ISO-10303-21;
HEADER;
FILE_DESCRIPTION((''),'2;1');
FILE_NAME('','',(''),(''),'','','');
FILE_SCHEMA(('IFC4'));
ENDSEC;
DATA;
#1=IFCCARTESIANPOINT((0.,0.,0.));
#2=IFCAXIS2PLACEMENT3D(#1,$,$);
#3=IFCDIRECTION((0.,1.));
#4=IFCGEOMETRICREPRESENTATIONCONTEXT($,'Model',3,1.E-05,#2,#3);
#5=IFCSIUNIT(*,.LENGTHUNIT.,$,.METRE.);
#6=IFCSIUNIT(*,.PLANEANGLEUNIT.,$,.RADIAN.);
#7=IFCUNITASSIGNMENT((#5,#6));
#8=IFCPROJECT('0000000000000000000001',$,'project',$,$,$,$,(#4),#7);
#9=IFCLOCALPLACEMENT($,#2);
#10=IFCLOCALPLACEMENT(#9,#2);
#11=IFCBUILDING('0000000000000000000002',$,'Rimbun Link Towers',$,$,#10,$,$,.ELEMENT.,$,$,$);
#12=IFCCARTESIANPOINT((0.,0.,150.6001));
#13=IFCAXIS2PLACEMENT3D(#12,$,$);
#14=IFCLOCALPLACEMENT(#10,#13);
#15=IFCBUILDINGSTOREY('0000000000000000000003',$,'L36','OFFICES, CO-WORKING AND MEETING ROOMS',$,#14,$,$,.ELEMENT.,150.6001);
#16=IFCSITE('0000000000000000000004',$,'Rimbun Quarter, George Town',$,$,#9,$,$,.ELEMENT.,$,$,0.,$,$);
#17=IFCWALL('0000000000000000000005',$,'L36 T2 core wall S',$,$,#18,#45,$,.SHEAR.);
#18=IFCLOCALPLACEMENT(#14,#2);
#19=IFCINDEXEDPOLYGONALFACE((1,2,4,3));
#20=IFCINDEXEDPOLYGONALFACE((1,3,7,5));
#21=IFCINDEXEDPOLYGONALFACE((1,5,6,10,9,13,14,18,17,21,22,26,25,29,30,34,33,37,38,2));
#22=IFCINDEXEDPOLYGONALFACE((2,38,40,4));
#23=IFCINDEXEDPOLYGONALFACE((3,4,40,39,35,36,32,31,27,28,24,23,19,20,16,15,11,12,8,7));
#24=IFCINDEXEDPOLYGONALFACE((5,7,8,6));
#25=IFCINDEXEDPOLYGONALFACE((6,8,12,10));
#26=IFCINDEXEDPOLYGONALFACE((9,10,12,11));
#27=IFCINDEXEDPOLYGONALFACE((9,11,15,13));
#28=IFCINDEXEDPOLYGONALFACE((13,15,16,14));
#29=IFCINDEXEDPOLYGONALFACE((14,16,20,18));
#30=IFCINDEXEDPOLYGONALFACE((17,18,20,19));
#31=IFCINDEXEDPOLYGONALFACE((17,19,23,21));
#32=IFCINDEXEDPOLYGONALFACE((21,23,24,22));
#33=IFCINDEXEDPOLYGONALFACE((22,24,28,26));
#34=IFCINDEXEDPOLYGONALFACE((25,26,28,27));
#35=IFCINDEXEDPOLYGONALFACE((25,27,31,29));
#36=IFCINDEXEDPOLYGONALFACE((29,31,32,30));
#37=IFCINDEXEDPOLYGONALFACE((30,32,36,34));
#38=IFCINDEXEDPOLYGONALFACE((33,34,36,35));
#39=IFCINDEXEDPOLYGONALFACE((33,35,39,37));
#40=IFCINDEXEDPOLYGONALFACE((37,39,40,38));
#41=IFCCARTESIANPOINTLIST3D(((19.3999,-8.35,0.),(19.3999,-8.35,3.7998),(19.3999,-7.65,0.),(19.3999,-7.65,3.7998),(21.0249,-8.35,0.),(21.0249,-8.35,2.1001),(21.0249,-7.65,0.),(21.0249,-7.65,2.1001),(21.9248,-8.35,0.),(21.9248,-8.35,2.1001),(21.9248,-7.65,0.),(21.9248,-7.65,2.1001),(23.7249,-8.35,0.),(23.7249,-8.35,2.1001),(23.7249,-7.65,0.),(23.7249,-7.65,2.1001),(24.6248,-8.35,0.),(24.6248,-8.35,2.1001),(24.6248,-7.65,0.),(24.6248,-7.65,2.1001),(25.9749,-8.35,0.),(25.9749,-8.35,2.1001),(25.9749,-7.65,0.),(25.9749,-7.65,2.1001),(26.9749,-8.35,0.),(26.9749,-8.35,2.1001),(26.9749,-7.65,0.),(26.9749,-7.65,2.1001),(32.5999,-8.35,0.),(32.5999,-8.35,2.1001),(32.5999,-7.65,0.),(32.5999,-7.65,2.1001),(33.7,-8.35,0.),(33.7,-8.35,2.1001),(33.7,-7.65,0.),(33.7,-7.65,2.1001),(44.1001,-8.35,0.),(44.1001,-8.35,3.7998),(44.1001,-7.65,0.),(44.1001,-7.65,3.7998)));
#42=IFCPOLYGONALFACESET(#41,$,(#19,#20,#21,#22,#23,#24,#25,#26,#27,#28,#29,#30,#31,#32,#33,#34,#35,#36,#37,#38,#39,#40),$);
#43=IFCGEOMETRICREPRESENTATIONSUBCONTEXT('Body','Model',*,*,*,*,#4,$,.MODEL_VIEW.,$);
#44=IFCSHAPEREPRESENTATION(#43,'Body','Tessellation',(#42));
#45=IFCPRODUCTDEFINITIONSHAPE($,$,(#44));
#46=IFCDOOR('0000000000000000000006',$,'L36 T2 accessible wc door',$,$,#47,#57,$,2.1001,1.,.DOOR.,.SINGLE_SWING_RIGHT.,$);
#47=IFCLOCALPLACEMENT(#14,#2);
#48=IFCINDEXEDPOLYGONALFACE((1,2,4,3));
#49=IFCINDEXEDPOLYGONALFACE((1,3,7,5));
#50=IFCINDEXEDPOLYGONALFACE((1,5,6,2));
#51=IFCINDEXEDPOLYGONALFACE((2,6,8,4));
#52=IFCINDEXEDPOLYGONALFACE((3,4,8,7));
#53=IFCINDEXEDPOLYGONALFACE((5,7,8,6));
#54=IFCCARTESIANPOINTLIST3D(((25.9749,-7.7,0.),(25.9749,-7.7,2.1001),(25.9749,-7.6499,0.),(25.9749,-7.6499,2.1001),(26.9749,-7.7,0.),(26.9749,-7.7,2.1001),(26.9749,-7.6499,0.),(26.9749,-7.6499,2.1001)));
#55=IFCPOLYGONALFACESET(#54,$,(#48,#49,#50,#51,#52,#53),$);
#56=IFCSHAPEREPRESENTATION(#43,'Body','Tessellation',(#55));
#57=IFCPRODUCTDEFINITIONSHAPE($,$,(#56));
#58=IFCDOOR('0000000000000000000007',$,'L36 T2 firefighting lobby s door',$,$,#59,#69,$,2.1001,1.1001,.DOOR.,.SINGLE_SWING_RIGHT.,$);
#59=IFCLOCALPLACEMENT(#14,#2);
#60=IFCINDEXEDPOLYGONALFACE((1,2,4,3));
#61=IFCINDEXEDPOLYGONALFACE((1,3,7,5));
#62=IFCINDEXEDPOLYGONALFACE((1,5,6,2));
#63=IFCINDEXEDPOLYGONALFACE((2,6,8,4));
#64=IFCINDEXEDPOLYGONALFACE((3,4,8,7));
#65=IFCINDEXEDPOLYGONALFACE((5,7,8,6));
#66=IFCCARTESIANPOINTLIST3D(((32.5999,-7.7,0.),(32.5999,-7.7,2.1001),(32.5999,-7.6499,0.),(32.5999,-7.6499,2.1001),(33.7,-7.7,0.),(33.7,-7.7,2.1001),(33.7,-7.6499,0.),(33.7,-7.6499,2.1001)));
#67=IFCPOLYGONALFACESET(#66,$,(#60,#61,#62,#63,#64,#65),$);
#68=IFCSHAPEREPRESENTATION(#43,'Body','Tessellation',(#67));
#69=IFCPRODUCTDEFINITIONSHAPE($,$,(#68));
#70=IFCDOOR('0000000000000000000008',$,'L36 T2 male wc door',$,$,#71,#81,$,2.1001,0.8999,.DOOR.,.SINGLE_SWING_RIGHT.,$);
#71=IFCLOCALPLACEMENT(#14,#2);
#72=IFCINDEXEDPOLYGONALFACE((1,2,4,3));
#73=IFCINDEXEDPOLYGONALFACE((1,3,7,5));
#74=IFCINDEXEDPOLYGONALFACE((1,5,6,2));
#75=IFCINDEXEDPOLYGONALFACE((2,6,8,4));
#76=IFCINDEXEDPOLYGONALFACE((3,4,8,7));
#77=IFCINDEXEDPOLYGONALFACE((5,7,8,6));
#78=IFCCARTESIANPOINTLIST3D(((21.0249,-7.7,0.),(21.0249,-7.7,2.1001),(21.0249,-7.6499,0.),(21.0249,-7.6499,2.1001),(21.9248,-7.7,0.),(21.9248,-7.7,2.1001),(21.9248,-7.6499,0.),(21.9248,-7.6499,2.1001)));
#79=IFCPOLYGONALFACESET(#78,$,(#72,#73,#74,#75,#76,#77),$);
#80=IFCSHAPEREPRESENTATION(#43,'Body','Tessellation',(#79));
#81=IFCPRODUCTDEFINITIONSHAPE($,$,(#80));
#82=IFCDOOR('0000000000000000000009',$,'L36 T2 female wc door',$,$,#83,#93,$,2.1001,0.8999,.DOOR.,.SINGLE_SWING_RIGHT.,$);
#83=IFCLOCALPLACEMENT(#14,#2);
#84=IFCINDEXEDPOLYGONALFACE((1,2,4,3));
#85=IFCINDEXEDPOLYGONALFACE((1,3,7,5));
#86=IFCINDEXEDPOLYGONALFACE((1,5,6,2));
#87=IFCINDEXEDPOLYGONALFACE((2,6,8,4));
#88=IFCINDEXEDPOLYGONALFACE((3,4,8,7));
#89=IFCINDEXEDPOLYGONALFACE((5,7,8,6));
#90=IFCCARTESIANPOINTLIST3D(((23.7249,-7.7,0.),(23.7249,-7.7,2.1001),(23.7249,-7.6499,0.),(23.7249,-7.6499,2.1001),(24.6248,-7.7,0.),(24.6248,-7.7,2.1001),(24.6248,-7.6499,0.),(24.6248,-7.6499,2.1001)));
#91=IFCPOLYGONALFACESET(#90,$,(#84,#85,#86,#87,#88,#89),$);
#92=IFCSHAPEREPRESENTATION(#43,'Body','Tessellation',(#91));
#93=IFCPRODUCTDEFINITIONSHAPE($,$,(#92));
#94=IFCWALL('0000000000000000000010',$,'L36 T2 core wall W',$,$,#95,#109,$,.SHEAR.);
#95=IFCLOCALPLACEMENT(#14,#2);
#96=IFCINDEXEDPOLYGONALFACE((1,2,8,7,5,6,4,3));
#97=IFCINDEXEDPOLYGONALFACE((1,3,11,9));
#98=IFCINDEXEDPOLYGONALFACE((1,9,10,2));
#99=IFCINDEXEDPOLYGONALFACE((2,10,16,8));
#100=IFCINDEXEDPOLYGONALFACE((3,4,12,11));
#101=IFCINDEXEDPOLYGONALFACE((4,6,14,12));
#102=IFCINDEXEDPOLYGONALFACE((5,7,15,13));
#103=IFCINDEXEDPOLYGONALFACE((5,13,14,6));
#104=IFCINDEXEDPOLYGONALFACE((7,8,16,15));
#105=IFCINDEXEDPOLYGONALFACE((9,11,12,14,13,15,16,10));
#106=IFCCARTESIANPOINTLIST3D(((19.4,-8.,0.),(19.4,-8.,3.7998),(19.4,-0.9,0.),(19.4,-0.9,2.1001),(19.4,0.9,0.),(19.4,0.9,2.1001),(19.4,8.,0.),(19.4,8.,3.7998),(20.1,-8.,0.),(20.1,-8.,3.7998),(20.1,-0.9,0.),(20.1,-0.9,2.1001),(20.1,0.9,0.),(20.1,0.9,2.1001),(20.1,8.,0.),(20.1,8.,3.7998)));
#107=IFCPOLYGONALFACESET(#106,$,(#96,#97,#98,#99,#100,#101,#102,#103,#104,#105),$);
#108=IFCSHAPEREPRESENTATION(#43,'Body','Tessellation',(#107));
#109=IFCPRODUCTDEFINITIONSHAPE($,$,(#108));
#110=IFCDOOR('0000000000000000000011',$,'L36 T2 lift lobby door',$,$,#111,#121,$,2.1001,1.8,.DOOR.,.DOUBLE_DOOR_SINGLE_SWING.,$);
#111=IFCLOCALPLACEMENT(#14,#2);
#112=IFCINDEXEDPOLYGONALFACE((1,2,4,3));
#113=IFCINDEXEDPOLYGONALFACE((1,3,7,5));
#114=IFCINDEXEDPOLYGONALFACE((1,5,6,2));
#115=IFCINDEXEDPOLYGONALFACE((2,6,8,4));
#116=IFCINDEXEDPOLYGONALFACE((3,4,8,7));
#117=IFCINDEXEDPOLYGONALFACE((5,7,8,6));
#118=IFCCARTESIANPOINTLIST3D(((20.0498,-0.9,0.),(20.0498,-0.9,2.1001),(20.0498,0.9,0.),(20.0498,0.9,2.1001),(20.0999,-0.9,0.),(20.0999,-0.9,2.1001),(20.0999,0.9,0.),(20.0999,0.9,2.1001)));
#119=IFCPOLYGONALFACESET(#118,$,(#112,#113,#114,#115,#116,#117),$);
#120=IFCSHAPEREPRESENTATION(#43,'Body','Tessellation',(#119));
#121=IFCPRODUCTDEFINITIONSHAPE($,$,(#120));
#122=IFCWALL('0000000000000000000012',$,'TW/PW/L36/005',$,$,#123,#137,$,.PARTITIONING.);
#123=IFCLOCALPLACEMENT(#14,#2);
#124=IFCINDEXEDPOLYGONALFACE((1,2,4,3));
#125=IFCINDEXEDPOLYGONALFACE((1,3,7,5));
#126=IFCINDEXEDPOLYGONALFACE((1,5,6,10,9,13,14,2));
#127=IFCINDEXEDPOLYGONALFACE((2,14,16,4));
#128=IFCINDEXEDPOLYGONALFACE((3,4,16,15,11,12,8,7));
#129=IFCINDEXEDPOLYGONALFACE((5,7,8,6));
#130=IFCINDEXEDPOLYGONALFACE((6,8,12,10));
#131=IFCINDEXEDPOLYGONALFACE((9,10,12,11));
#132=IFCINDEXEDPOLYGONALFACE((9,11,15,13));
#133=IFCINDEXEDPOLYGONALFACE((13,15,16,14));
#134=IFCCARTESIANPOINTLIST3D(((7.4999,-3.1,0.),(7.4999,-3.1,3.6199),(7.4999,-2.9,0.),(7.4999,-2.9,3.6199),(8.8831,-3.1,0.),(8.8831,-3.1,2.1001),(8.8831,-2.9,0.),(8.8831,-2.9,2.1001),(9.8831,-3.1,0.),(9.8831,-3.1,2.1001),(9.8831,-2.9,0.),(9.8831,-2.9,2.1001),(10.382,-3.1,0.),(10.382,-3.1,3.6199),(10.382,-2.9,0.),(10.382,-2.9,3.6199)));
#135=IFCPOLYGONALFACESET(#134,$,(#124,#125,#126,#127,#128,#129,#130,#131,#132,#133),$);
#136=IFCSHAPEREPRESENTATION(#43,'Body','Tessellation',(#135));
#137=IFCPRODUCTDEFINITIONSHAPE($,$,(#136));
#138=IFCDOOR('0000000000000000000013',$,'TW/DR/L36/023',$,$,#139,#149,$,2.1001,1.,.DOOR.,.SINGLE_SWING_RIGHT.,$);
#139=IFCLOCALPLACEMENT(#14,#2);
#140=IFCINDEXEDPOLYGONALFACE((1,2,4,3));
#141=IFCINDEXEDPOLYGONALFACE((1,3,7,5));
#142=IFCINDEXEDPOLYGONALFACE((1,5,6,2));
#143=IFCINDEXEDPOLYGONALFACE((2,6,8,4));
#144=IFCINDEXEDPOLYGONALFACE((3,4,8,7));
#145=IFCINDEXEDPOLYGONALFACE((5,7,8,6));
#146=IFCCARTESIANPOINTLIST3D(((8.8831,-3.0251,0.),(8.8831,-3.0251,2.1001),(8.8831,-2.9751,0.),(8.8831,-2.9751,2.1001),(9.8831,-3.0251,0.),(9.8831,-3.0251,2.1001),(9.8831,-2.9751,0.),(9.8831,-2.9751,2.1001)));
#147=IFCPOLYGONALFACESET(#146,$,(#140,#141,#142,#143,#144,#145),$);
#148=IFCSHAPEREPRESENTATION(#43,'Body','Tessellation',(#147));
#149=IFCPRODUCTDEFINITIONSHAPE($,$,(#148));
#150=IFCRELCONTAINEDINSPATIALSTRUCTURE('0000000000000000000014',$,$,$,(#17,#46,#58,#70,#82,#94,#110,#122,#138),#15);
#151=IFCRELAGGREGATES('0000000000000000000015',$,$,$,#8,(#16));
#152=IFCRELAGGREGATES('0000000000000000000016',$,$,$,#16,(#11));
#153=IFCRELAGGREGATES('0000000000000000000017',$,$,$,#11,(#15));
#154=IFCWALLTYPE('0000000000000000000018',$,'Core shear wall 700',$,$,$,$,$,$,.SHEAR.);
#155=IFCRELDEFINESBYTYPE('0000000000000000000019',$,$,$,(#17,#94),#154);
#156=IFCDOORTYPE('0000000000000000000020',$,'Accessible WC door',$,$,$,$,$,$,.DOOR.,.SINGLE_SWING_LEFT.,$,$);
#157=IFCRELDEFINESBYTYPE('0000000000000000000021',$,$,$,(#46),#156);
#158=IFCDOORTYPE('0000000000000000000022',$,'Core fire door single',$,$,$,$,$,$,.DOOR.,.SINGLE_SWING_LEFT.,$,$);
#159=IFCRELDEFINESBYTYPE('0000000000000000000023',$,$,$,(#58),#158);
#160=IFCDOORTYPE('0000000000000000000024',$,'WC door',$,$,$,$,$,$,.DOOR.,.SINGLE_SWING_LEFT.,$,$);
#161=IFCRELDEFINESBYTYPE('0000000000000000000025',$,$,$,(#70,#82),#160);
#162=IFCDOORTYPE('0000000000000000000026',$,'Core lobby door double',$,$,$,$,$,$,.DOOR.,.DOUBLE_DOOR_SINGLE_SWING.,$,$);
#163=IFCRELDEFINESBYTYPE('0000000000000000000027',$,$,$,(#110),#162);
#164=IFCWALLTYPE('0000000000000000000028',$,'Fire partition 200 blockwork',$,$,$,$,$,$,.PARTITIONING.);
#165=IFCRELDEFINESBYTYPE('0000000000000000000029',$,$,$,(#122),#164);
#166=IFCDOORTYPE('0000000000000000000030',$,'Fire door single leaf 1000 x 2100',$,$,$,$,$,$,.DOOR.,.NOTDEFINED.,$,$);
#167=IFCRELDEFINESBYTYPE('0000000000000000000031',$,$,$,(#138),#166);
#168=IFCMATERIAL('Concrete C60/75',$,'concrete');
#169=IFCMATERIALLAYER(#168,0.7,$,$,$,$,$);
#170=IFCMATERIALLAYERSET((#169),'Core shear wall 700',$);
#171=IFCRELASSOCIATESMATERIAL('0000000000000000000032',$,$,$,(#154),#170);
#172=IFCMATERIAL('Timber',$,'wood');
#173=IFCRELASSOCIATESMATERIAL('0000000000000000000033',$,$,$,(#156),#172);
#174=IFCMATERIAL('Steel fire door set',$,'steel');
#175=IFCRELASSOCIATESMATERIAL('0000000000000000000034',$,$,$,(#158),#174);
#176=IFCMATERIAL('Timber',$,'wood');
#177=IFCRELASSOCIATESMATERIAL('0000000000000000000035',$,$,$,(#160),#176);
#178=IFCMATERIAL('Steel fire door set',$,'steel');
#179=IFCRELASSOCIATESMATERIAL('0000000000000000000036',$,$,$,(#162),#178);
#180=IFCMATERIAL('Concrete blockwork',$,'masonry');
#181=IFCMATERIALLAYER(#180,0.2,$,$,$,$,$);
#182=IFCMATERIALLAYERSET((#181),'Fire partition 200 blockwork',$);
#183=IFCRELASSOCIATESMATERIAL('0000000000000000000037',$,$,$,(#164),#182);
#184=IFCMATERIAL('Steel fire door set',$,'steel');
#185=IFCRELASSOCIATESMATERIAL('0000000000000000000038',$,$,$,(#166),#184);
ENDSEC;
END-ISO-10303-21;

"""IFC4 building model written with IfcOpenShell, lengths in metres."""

from ifc_helpers import new_model, si_unit, direction, frame, frame_2d, origin, place, context, subcontext, project, spatial, rectangle, extrude, material, layer, layer_set, type_object, element, fill, save


model = new_model("IFC4")

# Units and contexts
model_context = context("Model", 3, precision=1e-05, world=origin(), true_north=direction((0.0, 1.0)))
body_context = subcontext(model_context, "Body", "Model", "MODEL_VIEW")
ifc_project = project(units=[si_unit("LENGTHUNIT", "METRE"), si_unit("PLANEANGLEUNIT", "RADIAN")], contexts=[model_context])

# Site, building, storey
site_placement = place(None, origin())
site = spatial("IfcSite", under=ifc_project, at=site_placement, Name="Rimbun Quarter, George Town", CompositionType="ELEMENT", RefElevation=0.0)
building_placement = place(site_placement, origin())
building = spatial("IfcBuilding", under=site, at=building_placement, Name="Rimbun Link Towers", CompositionType="ELEMENT")
storey_placement = place(building_placement, frame((0.0, 0.0, 150.6001)))
storey = spatial("IfcBuildingStorey", under=building, at=storey_placement, Name="L36", Description="OFFICES, CO-WORKING AND MEETING ROOMS", CompositionType="ELEMENT", Elevation=150.6001)

# Wall, openings, doors
ifc_material_1 = material(Name="Concrete C60/75", Category="concrete")
ifc_layer_1 = layer(ifc_material_1, 0.7)
ifc_layer_set_1 = layer_set([ifc_layer_1], Name="Core shear wall 700")
wall_type_1 = type_object("IfcWallType", Name="Core shear wall 700", PredefinedType="SHEAR", material=ifc_layer_set_1)
wall_1_placement = place(storey_placement, frame((19.3999, -8.0, 0.0), z_axis=(0.0, 0.0, 1.0), x_axis=(1.0, 0.0, 0.0)))
wall_1 = element("IfcWall", 1, at=wall_1_placement, inside=storey, type_object=wall_type_1, Name="L36 T2 core wall S", PredefinedType="SHEAR", context=body_context, shape_type="SweptSolid", body=[
    extrude(rectangle(XDim=24.7002, YDim=0.7, at=frame_2d((12.3501, 0.0))), origin(), (0.0, 0.0, 1.0), 3.7998),
])
opening_1_placement = place(wall_1_placement, frame((13.2, 0.0, 0.0)))
opening_1 = element("IfcOpeningElement", 2, at=opening_1_placement, cuts=wall_1, PredefinedType="OPENING", context=body_context, shape_type="SweptSolid", body=[
    extrude(rectangle(XDim=1.1001, YDim=2.1001, at=frame_2d((0.55, 1.05))), frame((0.0, 0.3599, 0.0), z_axis=(0.0, -1.0, 0.0), x_axis=(1.0, 0.0, 0.0)), (0.0, 0.0, 1.0), 0.72),
])
opening_2_placement = place(wall_1_placement, frame((1.625, 0.0, 0.0)))
opening_2 = element("IfcOpeningElement", 3, at=opening_2_placement, cuts=wall_1, PredefinedType="OPENING", context=body_context, shape_type="SweptSolid", body=[
    extrude(rectangle(XDim=0.8999, YDim=2.1001, at=frame_2d((0.45, 1.05))), frame((0.0, 0.3599, 0.0), z_axis=(0.0, -1.0, 0.0), x_axis=(1.0, 0.0, 0.0)), (0.0, 0.0, 1.0), 0.72),
])
opening_3_placement = place(wall_1_placement, frame((4.325, 0.0, 0.0)))
opening_3 = element("IfcOpeningElement", 4, at=opening_3_placement, cuts=wall_1, PredefinedType="OPENING", context=body_context, shape_type="SweptSolid", body=[
    extrude(rectangle(XDim=0.8999, YDim=2.1001, at=frame_2d((0.45, 1.05))), frame((0.0, 0.3599, 0.0), z_axis=(0.0, -1.0, 0.0), x_axis=(1.0, 0.0, 0.0)), (0.0, 0.0, 1.0), 0.72),
])
opening_4_placement = place(wall_1_placement, frame((6.575, 0.0, 0.0)))
opening_4 = element("IfcOpeningElement", 5, at=opening_4_placement, cuts=wall_1, PredefinedType="OPENING", context=body_context, shape_type="SweptSolid", body=[
    extrude(rectangle(XDim=1.0, YDim=2.1001, at=frame_2d((0.5, 1.05))), frame((0.0, 0.3599, 0.0), z_axis=(0.0, -1.0, 0.0), x_axis=(1.0, 0.0, 0.0)), (0.0, 0.0, 1.0), 0.72),
])
ifc_material_2 = material(Name="Timber", Category="wood")
door_type_1 = type_object("IfcDoorType", Name="Accessible WC door", OperationType="SINGLE_SWING_LEFT", PredefinedType="DOOR", material=ifc_material_2)
door_1_placement = place(opening_4_placement, origin())
door_1 = element("IfcDoor", 6, at=door_1_placement, inside=storey, type_object=door_type_1, Name="L36 T2 accessible wc door", OperationType="SINGLE_SWING_RIGHT", OverallHeight=2.1001, OverallWidth=1.0, PredefinedType="DOOR", context=body_context, shape_type="SweptSolid", body=[
    extrude(rectangle(XDim=1.0, YDim=2.1001, at=frame_2d((0.5, 1.05))), frame((0.0, 0.3501, 0.0), z_axis=(0.0, -1.0, 0.0), x_axis=(1.0, 0.0, 0.0)), (0.0, 0.0, 1.0), 0.05),
])
fill(opening_4, door_1)
ifc_material_3 = material(Name="Steel fire door set", Category="steel")
door_type_2 = type_object("IfcDoorType", Name="Core fire door single", OperationType="SINGLE_SWING_LEFT", PredefinedType="DOOR", material=ifc_material_3)
door_2_placement = place(opening_1_placement, origin())
door_2 = element("IfcDoor", 7, at=door_2_placement, inside=storey, type_object=door_type_2, Name="L36 T2 firefighting lobby s door", OperationType="SINGLE_SWING_RIGHT", OverallHeight=2.1001, OverallWidth=1.1001, PredefinedType="DOOR", context=body_context, shape_type="SweptSolid", body=[
    extrude(rectangle(XDim=1.1001, YDim=2.1001, at=frame_2d((0.55, 1.05))), frame((0.0, 0.3501, 0.0), z_axis=(0.0, -1.0, 0.0), x_axis=(1.0, 0.0, 0.0)), (0.0, 0.0, 1.0), 0.05),
])
fill(opening_1, door_2)
ifc_material_4 = material(Name="Timber", Category="wood")
door_type_3 = type_object("IfcDoorType", Name="WC door", OperationType="SINGLE_SWING_LEFT", PredefinedType="DOOR", material=ifc_material_4)
door_3_placement = place(opening_2_placement, origin())
door_3 = element("IfcDoor", 8, at=door_3_placement, inside=storey, type_object=door_type_3, Name="L36 T2 male wc door", OperationType="SINGLE_SWING_RIGHT", OverallHeight=2.1001, OverallWidth=0.8999, PredefinedType="DOOR", context=body_context, shape_type="SweptSolid", body=[
    extrude(rectangle(XDim=0.8999, YDim=2.1001, at=frame_2d((0.45, 1.05))), frame((0.0, 0.3501, 0.0), z_axis=(0.0, -1.0, 0.0), x_axis=(1.0, 0.0, 0.0)), (0.0, 0.0, 1.0), 0.05),
])
fill(opening_2, door_3)
door_4_placement = place(opening_3_placement, origin())
door_4 = element("IfcDoor", 9, at=door_4_placement, inside=storey, type_object=door_type_3, Name="L36 T2 female wc door", OperationType="SINGLE_SWING_RIGHT", OverallHeight=2.1001, OverallWidth=0.8999, PredefinedType="DOOR", context=body_context, shape_type="SweptSolid", body=[
    extrude(rectangle(XDim=0.8999, YDim=2.1001, at=frame_2d((0.45, 1.05))), frame((0.0, 0.3501, 0.0), z_axis=(0.0, -1.0, 0.0), x_axis=(1.0, 0.0, 0.0)), (0.0, 0.0, 1.0), 0.05),
])
fill(opening_3, door_4)

# Walls, openings, doors
wall_2_placement = place(storey_placement, frame((19.75, -8.0, 0.0), z_axis=(0.0, 0.0, 1.0), x_axis=(0.0, 1.0, 0.0)))
wall_2 = element("IfcWall", 10, at=wall_2_placement, inside=storey, type_object=wall_type_1, Name="L36 T2 core wall W", PredefinedType="SHEAR", context=body_context, shape_type="SweptSolid", body=[
    extrude(rectangle(XDim=16.0, YDim=0.7, at=frame_2d((8.0, 0.0))), origin(), (0.0, 0.0, 1.0), 3.7998),
])
opening_5_placement = place(wall_2_placement, frame((7.1001, 0.0, 0.0)))
opening_5 = element("IfcOpeningElement", 11, at=opening_5_placement, cuts=wall_2, PredefinedType="OPENING", context=body_context, shape_type="SweptSolid", body=[
    extrude(rectangle(XDim=1.8, YDim=2.1001, at=frame_2d((0.8999, 1.05))), frame((0.0, 0.3599, 0.0), z_axis=(0.0, -1.0, 0.0), x_axis=(1.0, 0.0, 0.0)), (0.0, 0.0, 1.0), 0.72),
])
ifc_material_5 = material(Name="Steel fire door set", Category="steel")
door_type_4 = type_object("IfcDoorType", Name="Core lobby door double", OperationType="DOUBLE_DOOR_SINGLE_SWING", PredefinedType="DOOR", material=ifc_material_5)
door_5_placement = place(opening_5_placement, origin())
door_5 = element("IfcDoor", 12, at=door_5_placement, inside=storey, type_object=door_type_4, Name="L36 T2 lift lobby door", OperationType="DOUBLE_DOOR_SINGLE_SWING", OverallHeight=2.1001, OverallWidth=1.8, PredefinedType="DOOR", context=body_context, shape_type="SweptSolid", body=[
    extrude(rectangle(XDim=1.8, YDim=2.1001, at=frame_2d((0.8999, 1.05))), frame((0.0, -0.2998, 0.0), z_axis=(0.0, -1.0, 0.0), x_axis=(1.0, 0.0, 0.0)), (0.0, 0.0, 1.0), 0.05),
])
fill(opening_5, door_5)
ifc_material_6 = material(Name="Concrete blockwork", Category="masonry")
ifc_layer_2 = layer(ifc_material_6, 0.2)
ifc_layer_set_2 = layer_set([ifc_layer_2], Name="Fire partition 200 blockwork")
wall_type_2 = type_object("IfcWallType", Name="Fire partition 200 blockwork", PredefinedType="PARTITIONING", material=ifc_layer_set_2)
wall_3_placement = place(storey_placement, frame((7.5, -3.0, 0.0), z_axis=(0.0, 0.0, 1.0), x_axis=(1.0, 0.0, 0.0)))
wall_3 = element("IfcWall", 13, at=wall_3_placement, inside=storey, type_object=wall_type_2, Name="TW/PW/L36/005", PredefinedType="PARTITIONING", context=body_context, shape_type="SweptSolid", body=[
    extrude(rectangle(XDim=2.8821, YDim=0.2, at=frame_2d((1.4409, 0.0))), origin(), (0.0, 0.0, 1.0), 3.6199),
])
opening_6_placement = place(wall_3_placement, frame((1.3831, 0.0, 0.0)))
opening_6 = element("IfcOpeningElement", 14, at=opening_6_placement, cuts=wall_3, PredefinedType="OPENING", context=body_context, shape_type="SweptSolid", body=[
    extrude(rectangle(XDim=1.0, YDim=2.1001, at=frame_2d((0.5, 1.05))), frame((0.0, 0.1099, 0.0), z_axis=(0.0, -1.0, 0.0), x_axis=(1.0, 0.0, 0.0)), (0.0, 0.0, 1.0), 0.22),
])
ifc_material_7 = material(Name="Steel fire door set", Category="steel")
door_type_5 = type_object("IfcDoorType", Name="Fire door single leaf 1000 x 2100", OperationType="NOTDEFINED", PredefinedType="DOOR", material=ifc_material_7)
door_6_placement = place(opening_6_placement, origin())
door_6 = element("IfcDoor", 15, at=door_6_placement, inside=storey, type_object=door_type_5, Name="TW/DR/L36/023", OperationType="SINGLE_SWING_RIGHT", OverallHeight=2.1001, OverallWidth=1.0, PredefinedType="DOOR", context=body_context, shape_type="SweptSolid", body=[
    extrude(rectangle(XDim=1.0, YDim=2.1001, at=frame_2d((0.5, 1.05))), frame((0.0, 0.0249, 0.0), z_axis=(0.0, -1.0, 0.0), x_axis=(1.0, 0.0, 0.0)), (0.0, 0.0, 1.0), 0.05),
])
fill(opening_6, door_6)

save(model, "model.ifc")
